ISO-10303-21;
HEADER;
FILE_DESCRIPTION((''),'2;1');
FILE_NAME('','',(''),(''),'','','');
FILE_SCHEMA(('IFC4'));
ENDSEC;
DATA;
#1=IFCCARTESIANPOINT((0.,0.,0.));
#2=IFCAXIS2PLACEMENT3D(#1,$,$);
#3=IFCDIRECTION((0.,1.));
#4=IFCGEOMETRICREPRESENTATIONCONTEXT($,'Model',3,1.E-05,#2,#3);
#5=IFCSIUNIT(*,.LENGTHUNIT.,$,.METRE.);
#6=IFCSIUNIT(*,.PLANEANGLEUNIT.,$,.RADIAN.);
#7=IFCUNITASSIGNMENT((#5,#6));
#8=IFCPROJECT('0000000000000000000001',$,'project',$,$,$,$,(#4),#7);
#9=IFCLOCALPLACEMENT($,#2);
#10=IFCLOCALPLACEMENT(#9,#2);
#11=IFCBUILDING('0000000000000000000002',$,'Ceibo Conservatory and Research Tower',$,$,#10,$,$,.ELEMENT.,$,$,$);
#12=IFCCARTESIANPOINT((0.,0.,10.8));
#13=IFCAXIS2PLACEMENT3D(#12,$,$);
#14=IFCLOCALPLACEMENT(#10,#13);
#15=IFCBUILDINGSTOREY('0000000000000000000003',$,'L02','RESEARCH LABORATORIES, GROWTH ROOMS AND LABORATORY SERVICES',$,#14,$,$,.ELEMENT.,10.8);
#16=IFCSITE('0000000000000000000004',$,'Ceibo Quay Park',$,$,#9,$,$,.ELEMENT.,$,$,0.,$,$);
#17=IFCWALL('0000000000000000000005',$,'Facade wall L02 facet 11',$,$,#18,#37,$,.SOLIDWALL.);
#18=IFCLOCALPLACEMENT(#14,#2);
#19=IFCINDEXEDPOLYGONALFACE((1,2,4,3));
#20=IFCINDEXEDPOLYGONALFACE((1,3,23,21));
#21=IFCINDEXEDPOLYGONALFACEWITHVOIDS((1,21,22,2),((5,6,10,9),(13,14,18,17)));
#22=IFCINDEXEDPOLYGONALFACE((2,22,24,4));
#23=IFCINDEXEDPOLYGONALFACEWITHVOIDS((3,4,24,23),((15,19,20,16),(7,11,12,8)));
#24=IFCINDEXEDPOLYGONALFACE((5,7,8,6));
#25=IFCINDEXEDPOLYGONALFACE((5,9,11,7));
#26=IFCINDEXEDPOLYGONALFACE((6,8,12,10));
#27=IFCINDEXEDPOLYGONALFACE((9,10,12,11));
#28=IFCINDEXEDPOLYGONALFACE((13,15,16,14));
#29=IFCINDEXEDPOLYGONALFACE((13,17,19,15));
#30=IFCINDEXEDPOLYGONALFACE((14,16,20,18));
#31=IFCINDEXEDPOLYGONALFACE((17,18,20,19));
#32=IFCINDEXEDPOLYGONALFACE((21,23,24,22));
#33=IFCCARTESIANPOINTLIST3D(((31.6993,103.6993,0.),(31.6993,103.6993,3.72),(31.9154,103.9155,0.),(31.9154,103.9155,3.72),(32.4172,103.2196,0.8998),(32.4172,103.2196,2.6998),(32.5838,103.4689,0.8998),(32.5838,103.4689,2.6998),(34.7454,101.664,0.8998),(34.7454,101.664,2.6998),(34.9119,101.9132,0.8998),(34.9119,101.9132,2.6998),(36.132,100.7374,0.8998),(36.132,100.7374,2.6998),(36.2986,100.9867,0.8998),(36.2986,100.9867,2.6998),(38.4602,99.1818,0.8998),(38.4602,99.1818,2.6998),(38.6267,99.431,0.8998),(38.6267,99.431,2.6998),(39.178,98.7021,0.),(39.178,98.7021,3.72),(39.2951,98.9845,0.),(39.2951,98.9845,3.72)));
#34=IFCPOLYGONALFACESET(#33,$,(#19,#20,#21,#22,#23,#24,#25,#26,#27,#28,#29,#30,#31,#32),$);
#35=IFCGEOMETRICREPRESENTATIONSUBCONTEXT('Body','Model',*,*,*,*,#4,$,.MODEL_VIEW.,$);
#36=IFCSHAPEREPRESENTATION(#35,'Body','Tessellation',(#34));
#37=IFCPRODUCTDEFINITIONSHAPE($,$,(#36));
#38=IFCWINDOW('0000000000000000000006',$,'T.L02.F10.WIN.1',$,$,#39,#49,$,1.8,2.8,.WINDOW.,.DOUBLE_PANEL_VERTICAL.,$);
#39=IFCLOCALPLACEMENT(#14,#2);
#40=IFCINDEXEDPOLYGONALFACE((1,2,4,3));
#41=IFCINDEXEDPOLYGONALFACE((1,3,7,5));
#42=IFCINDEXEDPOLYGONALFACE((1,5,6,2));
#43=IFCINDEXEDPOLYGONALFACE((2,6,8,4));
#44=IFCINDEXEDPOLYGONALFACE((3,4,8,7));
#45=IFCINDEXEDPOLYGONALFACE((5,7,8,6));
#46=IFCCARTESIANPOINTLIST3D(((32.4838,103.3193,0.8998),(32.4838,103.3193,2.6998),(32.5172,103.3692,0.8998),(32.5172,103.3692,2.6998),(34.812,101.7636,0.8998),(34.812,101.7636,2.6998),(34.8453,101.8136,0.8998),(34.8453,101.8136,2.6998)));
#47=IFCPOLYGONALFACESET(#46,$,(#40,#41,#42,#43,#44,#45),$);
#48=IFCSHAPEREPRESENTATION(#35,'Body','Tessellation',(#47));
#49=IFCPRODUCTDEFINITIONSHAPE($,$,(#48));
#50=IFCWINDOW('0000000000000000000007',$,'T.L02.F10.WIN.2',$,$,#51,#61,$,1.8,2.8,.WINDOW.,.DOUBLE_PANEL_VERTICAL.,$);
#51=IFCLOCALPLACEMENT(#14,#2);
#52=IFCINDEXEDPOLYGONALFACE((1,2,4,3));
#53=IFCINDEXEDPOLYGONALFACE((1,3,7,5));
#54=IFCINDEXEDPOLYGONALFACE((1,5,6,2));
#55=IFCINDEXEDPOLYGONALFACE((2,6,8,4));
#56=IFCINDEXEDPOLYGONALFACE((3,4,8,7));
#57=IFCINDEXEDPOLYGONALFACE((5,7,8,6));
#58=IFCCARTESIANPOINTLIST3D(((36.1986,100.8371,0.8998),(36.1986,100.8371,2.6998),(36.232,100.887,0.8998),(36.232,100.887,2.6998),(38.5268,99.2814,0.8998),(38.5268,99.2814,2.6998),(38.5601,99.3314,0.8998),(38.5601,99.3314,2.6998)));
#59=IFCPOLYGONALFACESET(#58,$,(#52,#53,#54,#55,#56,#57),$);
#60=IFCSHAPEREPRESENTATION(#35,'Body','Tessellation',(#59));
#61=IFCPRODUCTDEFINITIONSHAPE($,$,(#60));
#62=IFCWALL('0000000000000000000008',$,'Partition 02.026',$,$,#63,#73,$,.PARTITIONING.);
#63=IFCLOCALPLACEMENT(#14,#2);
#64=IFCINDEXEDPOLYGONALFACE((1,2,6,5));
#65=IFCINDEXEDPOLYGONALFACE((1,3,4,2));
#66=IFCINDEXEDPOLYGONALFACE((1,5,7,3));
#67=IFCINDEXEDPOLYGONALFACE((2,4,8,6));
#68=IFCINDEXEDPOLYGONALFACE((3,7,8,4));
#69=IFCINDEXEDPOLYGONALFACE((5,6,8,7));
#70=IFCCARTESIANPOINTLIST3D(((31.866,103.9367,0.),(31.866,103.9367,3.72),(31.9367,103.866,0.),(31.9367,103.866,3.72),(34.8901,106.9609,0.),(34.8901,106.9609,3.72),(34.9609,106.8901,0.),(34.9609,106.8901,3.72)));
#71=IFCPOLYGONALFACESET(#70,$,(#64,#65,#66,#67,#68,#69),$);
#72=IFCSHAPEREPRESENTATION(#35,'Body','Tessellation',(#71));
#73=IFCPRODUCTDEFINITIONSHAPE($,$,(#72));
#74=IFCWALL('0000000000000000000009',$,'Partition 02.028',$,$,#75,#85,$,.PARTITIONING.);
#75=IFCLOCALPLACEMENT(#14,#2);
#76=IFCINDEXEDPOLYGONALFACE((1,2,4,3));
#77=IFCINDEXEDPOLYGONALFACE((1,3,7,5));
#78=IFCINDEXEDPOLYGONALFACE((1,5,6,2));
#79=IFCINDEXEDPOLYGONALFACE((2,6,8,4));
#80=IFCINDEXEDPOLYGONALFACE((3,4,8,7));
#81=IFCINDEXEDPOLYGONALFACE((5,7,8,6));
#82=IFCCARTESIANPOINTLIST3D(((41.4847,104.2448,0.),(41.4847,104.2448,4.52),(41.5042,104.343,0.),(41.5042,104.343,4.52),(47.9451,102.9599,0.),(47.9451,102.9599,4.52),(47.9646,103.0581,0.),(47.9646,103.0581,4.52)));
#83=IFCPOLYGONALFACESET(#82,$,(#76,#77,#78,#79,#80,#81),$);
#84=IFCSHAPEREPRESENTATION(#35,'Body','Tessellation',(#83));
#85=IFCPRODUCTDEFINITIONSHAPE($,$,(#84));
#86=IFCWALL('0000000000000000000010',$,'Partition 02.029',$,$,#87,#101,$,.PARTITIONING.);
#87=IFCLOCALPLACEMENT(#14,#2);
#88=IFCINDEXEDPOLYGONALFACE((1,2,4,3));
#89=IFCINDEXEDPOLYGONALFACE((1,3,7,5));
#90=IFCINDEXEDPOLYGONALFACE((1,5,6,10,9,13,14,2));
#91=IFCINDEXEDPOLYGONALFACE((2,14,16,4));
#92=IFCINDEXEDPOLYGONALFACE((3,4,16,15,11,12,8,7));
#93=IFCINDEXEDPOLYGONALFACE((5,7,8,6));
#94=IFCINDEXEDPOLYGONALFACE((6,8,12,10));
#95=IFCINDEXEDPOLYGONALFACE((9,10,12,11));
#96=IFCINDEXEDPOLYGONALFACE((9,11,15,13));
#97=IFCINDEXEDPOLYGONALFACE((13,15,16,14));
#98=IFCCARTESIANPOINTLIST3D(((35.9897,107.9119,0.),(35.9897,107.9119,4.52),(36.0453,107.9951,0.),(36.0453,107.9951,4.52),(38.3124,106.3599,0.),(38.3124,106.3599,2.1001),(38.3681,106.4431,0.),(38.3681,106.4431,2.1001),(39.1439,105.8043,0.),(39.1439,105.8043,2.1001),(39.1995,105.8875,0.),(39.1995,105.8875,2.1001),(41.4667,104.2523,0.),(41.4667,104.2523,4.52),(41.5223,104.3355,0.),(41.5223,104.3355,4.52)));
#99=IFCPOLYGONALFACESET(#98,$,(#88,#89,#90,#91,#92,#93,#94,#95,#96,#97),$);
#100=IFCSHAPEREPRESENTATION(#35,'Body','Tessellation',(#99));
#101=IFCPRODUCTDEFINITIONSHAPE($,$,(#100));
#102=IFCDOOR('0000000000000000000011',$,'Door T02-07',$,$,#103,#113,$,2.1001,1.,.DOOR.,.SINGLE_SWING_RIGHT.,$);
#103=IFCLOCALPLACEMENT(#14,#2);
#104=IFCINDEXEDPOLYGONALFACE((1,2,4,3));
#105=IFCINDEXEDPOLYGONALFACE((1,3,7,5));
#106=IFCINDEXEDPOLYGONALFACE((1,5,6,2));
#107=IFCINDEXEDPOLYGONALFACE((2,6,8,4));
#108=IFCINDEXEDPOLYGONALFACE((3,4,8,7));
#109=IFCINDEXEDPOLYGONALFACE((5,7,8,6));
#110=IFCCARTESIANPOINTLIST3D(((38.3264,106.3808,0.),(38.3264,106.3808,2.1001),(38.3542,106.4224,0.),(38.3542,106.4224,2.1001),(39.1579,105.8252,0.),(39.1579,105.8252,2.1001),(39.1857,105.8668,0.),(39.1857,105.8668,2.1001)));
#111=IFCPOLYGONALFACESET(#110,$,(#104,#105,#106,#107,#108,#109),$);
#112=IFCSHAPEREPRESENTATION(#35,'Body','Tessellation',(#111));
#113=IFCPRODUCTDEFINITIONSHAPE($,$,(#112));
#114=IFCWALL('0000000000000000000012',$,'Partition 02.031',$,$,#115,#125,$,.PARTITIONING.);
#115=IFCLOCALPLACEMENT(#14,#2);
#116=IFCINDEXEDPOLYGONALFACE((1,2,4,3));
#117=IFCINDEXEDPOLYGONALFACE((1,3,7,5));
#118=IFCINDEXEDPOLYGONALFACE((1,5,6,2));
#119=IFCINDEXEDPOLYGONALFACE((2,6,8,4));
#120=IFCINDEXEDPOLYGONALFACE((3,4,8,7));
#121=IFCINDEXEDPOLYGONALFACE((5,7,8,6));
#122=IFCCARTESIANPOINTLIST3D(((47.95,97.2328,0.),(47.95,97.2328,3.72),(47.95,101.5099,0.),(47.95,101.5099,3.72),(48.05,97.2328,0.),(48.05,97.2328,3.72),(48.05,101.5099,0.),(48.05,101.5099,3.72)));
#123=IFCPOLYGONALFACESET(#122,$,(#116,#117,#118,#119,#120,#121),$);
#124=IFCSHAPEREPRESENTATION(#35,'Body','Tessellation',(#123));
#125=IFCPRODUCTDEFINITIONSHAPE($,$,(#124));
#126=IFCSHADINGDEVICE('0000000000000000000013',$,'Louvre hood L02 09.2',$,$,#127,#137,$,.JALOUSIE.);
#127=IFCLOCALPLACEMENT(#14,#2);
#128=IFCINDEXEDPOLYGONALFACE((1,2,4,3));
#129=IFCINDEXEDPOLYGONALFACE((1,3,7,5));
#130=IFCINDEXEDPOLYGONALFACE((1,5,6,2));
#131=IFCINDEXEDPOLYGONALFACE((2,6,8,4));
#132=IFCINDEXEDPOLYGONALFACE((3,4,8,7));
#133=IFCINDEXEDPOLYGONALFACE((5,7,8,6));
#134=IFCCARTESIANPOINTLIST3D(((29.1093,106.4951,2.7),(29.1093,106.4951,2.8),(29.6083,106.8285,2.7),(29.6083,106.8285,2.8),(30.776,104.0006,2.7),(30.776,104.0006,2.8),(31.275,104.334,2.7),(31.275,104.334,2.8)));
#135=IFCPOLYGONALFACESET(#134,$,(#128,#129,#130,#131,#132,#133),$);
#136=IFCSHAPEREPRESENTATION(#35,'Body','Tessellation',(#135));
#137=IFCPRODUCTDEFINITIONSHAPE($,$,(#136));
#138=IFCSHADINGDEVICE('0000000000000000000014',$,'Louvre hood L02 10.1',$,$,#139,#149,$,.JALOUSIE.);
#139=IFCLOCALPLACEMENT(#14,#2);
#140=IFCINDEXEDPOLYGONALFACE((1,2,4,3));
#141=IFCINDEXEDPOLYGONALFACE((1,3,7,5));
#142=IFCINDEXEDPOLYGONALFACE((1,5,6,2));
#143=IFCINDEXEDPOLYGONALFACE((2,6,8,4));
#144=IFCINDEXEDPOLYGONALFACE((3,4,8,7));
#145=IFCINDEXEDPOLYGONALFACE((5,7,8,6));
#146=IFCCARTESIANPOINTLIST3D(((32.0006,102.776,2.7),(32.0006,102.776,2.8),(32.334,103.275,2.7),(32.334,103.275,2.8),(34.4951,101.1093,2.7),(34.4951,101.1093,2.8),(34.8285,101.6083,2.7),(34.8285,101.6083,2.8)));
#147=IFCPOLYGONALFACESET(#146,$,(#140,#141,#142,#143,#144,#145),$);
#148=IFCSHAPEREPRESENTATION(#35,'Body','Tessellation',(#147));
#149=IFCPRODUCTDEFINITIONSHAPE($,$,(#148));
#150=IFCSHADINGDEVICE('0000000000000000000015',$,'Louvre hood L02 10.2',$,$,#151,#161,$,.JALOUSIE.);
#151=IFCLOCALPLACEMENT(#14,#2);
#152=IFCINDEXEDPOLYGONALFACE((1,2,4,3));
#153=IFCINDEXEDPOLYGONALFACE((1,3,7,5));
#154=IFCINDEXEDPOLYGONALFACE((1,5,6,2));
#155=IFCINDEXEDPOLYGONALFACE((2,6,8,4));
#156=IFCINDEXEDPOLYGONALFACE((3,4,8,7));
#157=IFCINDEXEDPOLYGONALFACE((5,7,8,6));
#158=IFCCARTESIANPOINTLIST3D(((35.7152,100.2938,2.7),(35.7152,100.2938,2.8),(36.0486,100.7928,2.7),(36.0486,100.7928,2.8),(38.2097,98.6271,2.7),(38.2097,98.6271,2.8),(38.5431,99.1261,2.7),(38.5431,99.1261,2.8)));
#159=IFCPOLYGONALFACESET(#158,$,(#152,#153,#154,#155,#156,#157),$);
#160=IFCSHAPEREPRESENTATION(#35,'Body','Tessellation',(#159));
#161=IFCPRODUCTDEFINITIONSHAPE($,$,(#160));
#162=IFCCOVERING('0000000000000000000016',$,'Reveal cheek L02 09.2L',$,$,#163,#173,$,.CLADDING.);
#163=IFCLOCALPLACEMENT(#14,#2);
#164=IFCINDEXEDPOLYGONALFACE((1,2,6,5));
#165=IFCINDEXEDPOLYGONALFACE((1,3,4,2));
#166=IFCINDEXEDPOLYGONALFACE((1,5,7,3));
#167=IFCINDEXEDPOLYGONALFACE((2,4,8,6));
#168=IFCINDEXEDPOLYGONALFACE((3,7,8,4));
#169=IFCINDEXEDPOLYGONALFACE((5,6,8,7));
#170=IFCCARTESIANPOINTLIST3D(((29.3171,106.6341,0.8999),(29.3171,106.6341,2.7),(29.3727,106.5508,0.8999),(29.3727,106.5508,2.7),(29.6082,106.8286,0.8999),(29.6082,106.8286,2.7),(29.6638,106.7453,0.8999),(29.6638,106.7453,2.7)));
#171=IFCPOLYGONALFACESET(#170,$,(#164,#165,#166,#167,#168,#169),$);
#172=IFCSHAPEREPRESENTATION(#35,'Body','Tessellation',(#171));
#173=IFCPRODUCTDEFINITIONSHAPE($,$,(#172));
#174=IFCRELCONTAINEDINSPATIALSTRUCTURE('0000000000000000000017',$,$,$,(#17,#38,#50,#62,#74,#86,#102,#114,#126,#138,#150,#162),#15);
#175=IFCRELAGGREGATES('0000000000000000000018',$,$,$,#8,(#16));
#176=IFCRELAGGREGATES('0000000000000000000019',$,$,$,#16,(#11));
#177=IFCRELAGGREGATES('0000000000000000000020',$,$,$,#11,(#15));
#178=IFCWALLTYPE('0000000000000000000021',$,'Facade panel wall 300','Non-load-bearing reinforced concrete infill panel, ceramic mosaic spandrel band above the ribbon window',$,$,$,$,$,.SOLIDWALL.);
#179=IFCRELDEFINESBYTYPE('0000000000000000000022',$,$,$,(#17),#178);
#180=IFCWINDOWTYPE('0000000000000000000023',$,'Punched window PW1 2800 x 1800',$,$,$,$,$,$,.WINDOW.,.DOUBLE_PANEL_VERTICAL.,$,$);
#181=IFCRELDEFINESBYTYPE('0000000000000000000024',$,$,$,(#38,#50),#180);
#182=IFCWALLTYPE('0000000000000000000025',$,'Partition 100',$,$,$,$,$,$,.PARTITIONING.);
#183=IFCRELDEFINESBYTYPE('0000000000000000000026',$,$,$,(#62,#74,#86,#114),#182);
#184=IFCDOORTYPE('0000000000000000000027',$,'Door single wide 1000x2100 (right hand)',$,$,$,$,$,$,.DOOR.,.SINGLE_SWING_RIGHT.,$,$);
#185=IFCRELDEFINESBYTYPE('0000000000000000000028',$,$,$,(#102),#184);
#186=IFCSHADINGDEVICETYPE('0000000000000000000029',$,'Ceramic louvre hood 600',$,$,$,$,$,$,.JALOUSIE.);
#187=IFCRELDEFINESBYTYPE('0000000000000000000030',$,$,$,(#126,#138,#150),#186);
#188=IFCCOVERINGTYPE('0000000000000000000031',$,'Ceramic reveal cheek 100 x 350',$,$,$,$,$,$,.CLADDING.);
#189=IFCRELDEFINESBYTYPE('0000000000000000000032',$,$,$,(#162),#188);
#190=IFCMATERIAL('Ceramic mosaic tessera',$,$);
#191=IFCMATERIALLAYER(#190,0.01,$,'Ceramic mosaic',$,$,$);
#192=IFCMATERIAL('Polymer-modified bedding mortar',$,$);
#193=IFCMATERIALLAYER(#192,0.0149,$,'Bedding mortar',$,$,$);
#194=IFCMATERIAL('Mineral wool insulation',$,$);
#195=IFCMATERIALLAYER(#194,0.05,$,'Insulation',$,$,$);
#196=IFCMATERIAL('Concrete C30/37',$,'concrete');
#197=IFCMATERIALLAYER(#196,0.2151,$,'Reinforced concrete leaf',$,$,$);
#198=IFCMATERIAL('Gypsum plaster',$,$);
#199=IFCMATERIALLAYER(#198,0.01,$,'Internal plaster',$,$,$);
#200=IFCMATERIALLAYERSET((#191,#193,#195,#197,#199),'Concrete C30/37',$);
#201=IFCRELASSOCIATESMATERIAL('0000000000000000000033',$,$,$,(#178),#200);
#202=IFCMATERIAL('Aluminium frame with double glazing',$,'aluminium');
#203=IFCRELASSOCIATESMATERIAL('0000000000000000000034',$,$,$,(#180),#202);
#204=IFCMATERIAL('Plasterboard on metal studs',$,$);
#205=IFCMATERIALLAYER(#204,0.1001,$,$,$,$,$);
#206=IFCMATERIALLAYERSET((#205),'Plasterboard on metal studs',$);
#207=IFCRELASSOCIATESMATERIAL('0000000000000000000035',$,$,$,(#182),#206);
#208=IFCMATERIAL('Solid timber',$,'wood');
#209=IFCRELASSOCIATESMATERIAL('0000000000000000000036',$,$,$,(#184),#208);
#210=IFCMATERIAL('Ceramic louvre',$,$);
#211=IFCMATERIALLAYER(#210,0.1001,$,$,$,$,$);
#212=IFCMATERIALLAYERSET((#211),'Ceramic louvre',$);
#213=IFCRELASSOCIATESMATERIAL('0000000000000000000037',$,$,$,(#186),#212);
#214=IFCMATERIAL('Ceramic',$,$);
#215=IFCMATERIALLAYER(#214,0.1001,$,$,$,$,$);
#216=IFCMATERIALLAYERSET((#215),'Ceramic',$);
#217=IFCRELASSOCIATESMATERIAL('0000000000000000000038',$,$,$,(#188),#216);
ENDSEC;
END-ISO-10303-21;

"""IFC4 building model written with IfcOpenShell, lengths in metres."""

from ifc_helpers import new_model, si_unit, direction, frame, frame_2d, origin, origin_2d, place, context, subcontext, project, spatial, polyline, rectangle, outline, extrude, material, layer, layer_set, type_object, element, fill, save


model = new_model("IFC4")

# Units and contexts
model_context = context("Model", 3, precision=1e-05, world=origin(), true_north=direction((0.0, 1.0)))
body_context = subcontext(model_context, "Body", "Model", "MODEL_VIEW")
ifc_project = project(units=[si_unit("LENGTHUNIT", "METRE"), si_unit("PLANEANGLEUNIT", "RADIAN")], contexts=[model_context])

# Site, building, storey
site_placement = place(None, origin())
site = spatial("IfcSite", under=ifc_project, at=site_placement, Name="Ceibo Quay Park", CompositionType="ELEMENT", RefElevation=0.0)
building_placement = place(site_placement, origin())
building = spatial("IfcBuilding", under=site, at=building_placement, Name="Ceibo Conservatory and Research Tower", CompositionType="ELEMENT")
storey_placement = place(building_placement, frame((0.0, 0.0, 10.8)))
storey = spatial("IfcBuildingStorey", under=building, at=storey_placement, Name="L02", Description="RESEARCH LABORATORIES, GROWTH ROOMS AND LABORATORY SERVICES", CompositionType="ELEMENT", Elevation=10.8)

# Wall, openings, windows
ifc_material_1 = material(Name="Ceramic mosaic tessera")
ifc_layer_1 = layer(ifc_material_1, 0.01, Name="Ceramic mosaic")
ifc_material_2 = material(Name="Polymer-modified bedding mortar")
ifc_layer_2 = layer(ifc_material_2, 0.0149, Name="Bedding mortar")
ifc_material_3 = material(Name="Mineral wool insulation")
ifc_layer_3 = layer(ifc_material_3, 0.05, Name="Insulation")
ifc_material_4 = material(Name="Concrete C30/37", Category="concrete")
ifc_layer_4 = layer(ifc_material_4, 0.2151, Name="Reinforced concrete leaf")
ifc_material_5 = material(Name="Gypsum plaster")
ifc_layer_5 = layer(ifc_material_5, 0.01, Name="Internal plaster")
ifc_layer_set_1 = layer_set([ifc_layer_1, ifc_layer_2, ifc_layer_3, ifc_layer_4, ifc_layer_5], Name="Concrete C30/37")
wall_type_1 = type_object("IfcWallType", Name="Facade panel wall 300", Description="Non-load-bearing reinforced concrete infill panel, ceramic mosaic spandrel band above the ribbon window", PredefinedType="SOLIDWALL", material=ifc_layer_set_1)
wall_1_placement = place(storey_placement, frame((31.8074, 103.8074, 0.0), z_axis=(0.0, 0.0, 1.0), x_axis=(0.831466, -0.555576, 0.0)))
wall_1 = element("IfcWall", 1, at=wall_1_placement, inside=storey, type_object=wall_type_1, Name="Facade wall L02 facet 11", PredefinedType="SOLIDWALL", context=body_context, shape_type="SweptSolid", body=[
    extrude(outline(polyline([(-0.0298, -0.1499), (8.9648, -0.1499), (8.9053, 0.1499), (0.0298, 0.1499), (-0.0298, -0.1499)])), origin(), (0.0, 0.0, 1.0), 3.72),
])
opening_1_placement = place(wall_1_placement, frame((0.8337, 0.0, 0.8999)))
opening_1 = element("IfcOpeningElement", 2, at=opening_1_placement, cuts=wall_1, PredefinedType="OPENING", context=body_context, shape_type="SweptSolid", body=[
    extrude(rectangle(XDim=2.8, YDim=1.8, at=frame_2d((1.3999, 0.8999))), frame((0.0, 0.1599, 0.0), z_axis=(0.0, -1.0, 0.0), x_axis=(1.0, 0.0, 0.0)), (0.0, 0.0, 1.0), 0.3201),
])
opening_2_placement = place(wall_1_placement, frame((5.3015, 0.0, 0.8999)))
opening_2 = element("IfcOpeningElement", 3, at=opening_2_placement, cuts=wall_1, PredefinedType="OPENING", context=body_context, shape_type="SweptSolid", body=[
    extrude(rectangle(XDim=2.8, YDim=1.8, at=frame_2d((1.3999, 0.8999))), frame((0.0, 0.1599, 0.0), z_axis=(0.0, -1.0, 0.0), x_axis=(1.0, 0.0, 0.0)), (0.0, 0.0, 1.0), 0.3201),
])
ifc_material_6 = material(Name="Aluminium frame with double glazing", Category="aluminium")
window_type = type_object("IfcWindowType", Name="Punched window PW1 2800 x 1800", PartitioningType="DOUBLE_PANEL_VERTICAL", PredefinedType="WINDOW", material=ifc_material_6)
window_1_placement = place(opening_1_placement, origin())
window_1 = element("IfcWindow", 4, at=window_1_placement, inside=storey, type_object=window_type, Name="T.L02.F10.WIN.1", OverallHeight=1.8, OverallWidth=2.8, PartitioningType="DOUBLE_PANEL_VERTICAL", PredefinedType="WINDOW", context=body_context, shape_type="SweptSolid", body=[
    extrude(rectangle(XDim=2.8, YDim=1.8, at=frame_2d((1.3999, 0.8999))), frame((0.0, 0.03, 0.0), z_axis=(0.0, -1.0, 0.0), x_axis=(1.0, 0.0, 0.0)), (0.0, 0.0, 1.0), 0.0601),
])
fill(opening_1, window_1)
window_2_placement = place(opening_2_placement, origin())
window_2 = element("IfcWindow", 5, at=window_2_placement, inside=storey, type_object=window_type, Name="T.L02.F10.WIN.2", OverallHeight=1.8, OverallWidth=2.8, PartitioningType="DOUBLE_PANEL_VERTICAL", PredefinedType="WINDOW", context=body_context, shape_type="SweptSolid", body=[
    extrude(rectangle(XDim=2.8, YDim=1.8, at=frame_2d((1.3999, 0.8999))), frame((0.0, 0.03, 0.0), z_axis=(0.0, -1.0, 0.0), x_axis=(1.0, 0.0, 0.0)), (0.0, 0.0, 1.0), 0.0601),
])
fill(opening_2, window_2)

# Walls
ifc_material_7 = material(Name="Plasterboard on metal studs")
ifc_layer_6 = layer(ifc_material_7, 0.1001)
ifc_layer_set_2 = layer_set([ifc_layer_6], Name="Plasterboard on metal studs")
wall_type_2 = type_object("IfcWallType", Name="Partition 100", PredefinedType="PARTITIONING", material=ifc_layer_set_2)
wall_2_placement = place(storey_placement, frame((34.9255, 106.9255, 0.0), z_axis=(0.0, 0.0, 1.0), x_axis=(-0.707107, -0.707107, 0.0)))
element("IfcWall", 6, at=wall_2_placement, inside=storey, type_object=wall_type_2, Name="Partition 02.026", PredefinedType="PARTITIONING", context=body_context, shape_type="SweptSolid", body=[
    extrude(rectangle(XDim=4.2769, YDim=0.1001, at=frame_2d((2.1384, 0.0))), origin(), (0.0, 0.0, 1.0), 3.72),
])
wall_3_placement = place(storey_placement, frame((47.9548, 103.009, 0.0), z_axis=(0.0, 0.0, 1.0), x_axis=(-0.98079, 0.195068, 0.0)))
element("IfcWall", 7, at=wall_3_placement, inside=storey, type_object=wall_type_2, Name="Partition 02.028", PredefinedType="PARTITIONING", context=body_context, shape_type="SweptSolid", body=[
    extrude(rectangle(XDim=6.5869, YDim=0.1001, at=frame_2d((3.2935, 0.0))), origin(), (0.0, 0.0, 1.0), 4.52),
])

# Wall, opening, door
wall_4_placement = place(storey_placement, frame((41.4944, 104.2939, 0.0), z_axis=(0.0, 0.0, 1.0), x_axis=(-0.831468, 0.555572, 0.0)))
wall_4 = element("IfcWall", 8, at=wall_4_placement, inside=storey, type_object=wall_type_2, Name="Partition 02.029", PredefinedType="PARTITIONING", context=body_context, shape_type="SweptSolid", body=[
    extrude(rectangle(XDim=6.5872, YDim=0.1001, at=frame_2d((3.2935, 0.0))), origin(), (0.0, 0.0, 1.0), 4.52),
])
opening_3_placement = place(wall_4_placement, frame((2.7935, 0.0, 0.0)))
opening_3 = element("IfcOpeningElement", 9, at=opening_3_placement, cuts=wall_4, PredefinedType="OPENING", context=body_context, shape_type="SweptSolid", body=[
    extrude(rectangle(XDim=1.0, YDim=2.1001, at=frame_2d((0.5, 1.05))), frame((0.0, 0.0601, 0.0), z_axis=(0.0, -1.0, 0.0), x_axis=(1.0, 0.0, 0.0)), (0.0, 0.0, 1.0), 0.1201),
])
ifc_material_8 = material(Name="Solid timber", Category="wood")
door_type = type_object("IfcDoorType", Name="Door single wide 1000x2100 (right hand)", OperationType="SINGLE_SWING_RIGHT", PredefinedType="DOOR", material=ifc_material_8)
door_placement = place(opening_3_placement, origin())
door = element("IfcDoor", 10, at=door_placement, inside=storey, type_object=door_type, Name="Door T02-07", OperationType="SINGLE_SWING_RIGHT", OverallHeight=2.1001, OverallWidth=1.0, PredefinedType="DOOR", context=body_context, shape_type="SweptSolid", body=[
    extrude(rectangle(XDim=1.0, YDim=2.1001, at=frame_2d((0.5, 1.05))), frame((0.0, 0.0249, 0.0), z_axis=(0.0, -1.0, 0.0), x_axis=(1.0, 0.0, 0.0)), (0.0, 0.0, 1.0), 0.05),
])
fill(opening_3, door)

# Wall
wall_5_placement = place(storey_placement, frame((48.0, 101.51, 0.0), z_axis=(0.0, 0.0, 1.0), x_axis=(0.0, -1.0, 0.0)))
element("IfcWall", 11, at=wall_5_placement, inside=storey, type_object=wall_type_2, Name="Partition 02.031", PredefinedType="PARTITIONING", context=body_context, shape_type="SweptSolid", body=[
    extrude(rectangle(XDim=4.2771, YDim=0.1001, at=frame_2d((2.1387, 0.0))), origin(), (0.0, 0.0, 1.0), 3.72),
])

# Shading devices
ifc_material_9 = material(Name="Ceramic louvre")
ifc_layer_7 = layer(ifc_material_9, 0.1001)
ifc_layer_set_3 = layer_set([ifc_layer_7], Name="Ceramic louvre")
shading_device_type = type_object("IfcShadingDeviceType", Name="Ceramic louvre hood 600", PredefinedType="JALOUSIE", material=ifc_layer_set_3)
for number, where, z_axis, x_axis, name in (
    (12, (30.1921, 105.4146, 2.7), (0.0, 0.0, 1.0), (0.55557, -0.83147, 0.0), "Louvre hood L02 09.2"),
    (13, (33.4146, 102.1921, 2.7), (0.0, 0.0, 1.0), (0.83147, -0.55557, 0.0), "Louvre hood L02 10.1"),
    (14, (37.1292, 99.71, 2.7), (0.0, 0.0, 1.0), (0.83147, -0.55557, 0.0), "Louvre hood L02 10.2"),
):
    element("IfcShadingDevice", number, at=place(storey_placement, frame(where, z_axis=z_axis, x_axis=x_axis)), inside=storey, type_object=shading_device_type, Name=name, PredefinedType="JALOUSIE", context=body_context, shape_type="SweptSolid", body=[
        extrude(rectangle(XDim=3.0, YDim=0.6001, at=origin_2d()), origin(), (0.0, 0.0, 1.0), 0.1001),
    ])

# Covering
ifc_material_10 = material(Name="Ceramic")
ifc_layer_8 = layer(ifc_material_10, 0.1001)
ifc_layer_set_4 = layer_set([ifc_layer_8], Name="Ceramic")
covering_type_1 = type_object("IfcCoveringType", Name="Ceramic reveal cheek 100 x 350", PredefinedType="CLADDING", material=ifc_layer_set_4)
for number, where, z_axis, x_axis, name in (
    (15, (29.4905, 106.6897, 0.8999), (0.0, 0.0, 1.0), (0.55557, -0.83147, 0.0), "Reveal cheek L02 09.2L"),
):
    element("IfcCovering", number, at=place(storey_placement, frame(where, z_axis=z_axis, x_axis=x_axis)), inside=storey, type_object=covering_type_1, Name=name, PredefinedType="CLADDING", context=body_context, shape_type="SweptSolid", body=[
        extrude(rectangle(XDim=0.1001, YDim=0.3501, at=origin_2d()), origin(), (0.0, 0.0, 1.0), 1.8),
    ])

save(model, "model.ifc")
